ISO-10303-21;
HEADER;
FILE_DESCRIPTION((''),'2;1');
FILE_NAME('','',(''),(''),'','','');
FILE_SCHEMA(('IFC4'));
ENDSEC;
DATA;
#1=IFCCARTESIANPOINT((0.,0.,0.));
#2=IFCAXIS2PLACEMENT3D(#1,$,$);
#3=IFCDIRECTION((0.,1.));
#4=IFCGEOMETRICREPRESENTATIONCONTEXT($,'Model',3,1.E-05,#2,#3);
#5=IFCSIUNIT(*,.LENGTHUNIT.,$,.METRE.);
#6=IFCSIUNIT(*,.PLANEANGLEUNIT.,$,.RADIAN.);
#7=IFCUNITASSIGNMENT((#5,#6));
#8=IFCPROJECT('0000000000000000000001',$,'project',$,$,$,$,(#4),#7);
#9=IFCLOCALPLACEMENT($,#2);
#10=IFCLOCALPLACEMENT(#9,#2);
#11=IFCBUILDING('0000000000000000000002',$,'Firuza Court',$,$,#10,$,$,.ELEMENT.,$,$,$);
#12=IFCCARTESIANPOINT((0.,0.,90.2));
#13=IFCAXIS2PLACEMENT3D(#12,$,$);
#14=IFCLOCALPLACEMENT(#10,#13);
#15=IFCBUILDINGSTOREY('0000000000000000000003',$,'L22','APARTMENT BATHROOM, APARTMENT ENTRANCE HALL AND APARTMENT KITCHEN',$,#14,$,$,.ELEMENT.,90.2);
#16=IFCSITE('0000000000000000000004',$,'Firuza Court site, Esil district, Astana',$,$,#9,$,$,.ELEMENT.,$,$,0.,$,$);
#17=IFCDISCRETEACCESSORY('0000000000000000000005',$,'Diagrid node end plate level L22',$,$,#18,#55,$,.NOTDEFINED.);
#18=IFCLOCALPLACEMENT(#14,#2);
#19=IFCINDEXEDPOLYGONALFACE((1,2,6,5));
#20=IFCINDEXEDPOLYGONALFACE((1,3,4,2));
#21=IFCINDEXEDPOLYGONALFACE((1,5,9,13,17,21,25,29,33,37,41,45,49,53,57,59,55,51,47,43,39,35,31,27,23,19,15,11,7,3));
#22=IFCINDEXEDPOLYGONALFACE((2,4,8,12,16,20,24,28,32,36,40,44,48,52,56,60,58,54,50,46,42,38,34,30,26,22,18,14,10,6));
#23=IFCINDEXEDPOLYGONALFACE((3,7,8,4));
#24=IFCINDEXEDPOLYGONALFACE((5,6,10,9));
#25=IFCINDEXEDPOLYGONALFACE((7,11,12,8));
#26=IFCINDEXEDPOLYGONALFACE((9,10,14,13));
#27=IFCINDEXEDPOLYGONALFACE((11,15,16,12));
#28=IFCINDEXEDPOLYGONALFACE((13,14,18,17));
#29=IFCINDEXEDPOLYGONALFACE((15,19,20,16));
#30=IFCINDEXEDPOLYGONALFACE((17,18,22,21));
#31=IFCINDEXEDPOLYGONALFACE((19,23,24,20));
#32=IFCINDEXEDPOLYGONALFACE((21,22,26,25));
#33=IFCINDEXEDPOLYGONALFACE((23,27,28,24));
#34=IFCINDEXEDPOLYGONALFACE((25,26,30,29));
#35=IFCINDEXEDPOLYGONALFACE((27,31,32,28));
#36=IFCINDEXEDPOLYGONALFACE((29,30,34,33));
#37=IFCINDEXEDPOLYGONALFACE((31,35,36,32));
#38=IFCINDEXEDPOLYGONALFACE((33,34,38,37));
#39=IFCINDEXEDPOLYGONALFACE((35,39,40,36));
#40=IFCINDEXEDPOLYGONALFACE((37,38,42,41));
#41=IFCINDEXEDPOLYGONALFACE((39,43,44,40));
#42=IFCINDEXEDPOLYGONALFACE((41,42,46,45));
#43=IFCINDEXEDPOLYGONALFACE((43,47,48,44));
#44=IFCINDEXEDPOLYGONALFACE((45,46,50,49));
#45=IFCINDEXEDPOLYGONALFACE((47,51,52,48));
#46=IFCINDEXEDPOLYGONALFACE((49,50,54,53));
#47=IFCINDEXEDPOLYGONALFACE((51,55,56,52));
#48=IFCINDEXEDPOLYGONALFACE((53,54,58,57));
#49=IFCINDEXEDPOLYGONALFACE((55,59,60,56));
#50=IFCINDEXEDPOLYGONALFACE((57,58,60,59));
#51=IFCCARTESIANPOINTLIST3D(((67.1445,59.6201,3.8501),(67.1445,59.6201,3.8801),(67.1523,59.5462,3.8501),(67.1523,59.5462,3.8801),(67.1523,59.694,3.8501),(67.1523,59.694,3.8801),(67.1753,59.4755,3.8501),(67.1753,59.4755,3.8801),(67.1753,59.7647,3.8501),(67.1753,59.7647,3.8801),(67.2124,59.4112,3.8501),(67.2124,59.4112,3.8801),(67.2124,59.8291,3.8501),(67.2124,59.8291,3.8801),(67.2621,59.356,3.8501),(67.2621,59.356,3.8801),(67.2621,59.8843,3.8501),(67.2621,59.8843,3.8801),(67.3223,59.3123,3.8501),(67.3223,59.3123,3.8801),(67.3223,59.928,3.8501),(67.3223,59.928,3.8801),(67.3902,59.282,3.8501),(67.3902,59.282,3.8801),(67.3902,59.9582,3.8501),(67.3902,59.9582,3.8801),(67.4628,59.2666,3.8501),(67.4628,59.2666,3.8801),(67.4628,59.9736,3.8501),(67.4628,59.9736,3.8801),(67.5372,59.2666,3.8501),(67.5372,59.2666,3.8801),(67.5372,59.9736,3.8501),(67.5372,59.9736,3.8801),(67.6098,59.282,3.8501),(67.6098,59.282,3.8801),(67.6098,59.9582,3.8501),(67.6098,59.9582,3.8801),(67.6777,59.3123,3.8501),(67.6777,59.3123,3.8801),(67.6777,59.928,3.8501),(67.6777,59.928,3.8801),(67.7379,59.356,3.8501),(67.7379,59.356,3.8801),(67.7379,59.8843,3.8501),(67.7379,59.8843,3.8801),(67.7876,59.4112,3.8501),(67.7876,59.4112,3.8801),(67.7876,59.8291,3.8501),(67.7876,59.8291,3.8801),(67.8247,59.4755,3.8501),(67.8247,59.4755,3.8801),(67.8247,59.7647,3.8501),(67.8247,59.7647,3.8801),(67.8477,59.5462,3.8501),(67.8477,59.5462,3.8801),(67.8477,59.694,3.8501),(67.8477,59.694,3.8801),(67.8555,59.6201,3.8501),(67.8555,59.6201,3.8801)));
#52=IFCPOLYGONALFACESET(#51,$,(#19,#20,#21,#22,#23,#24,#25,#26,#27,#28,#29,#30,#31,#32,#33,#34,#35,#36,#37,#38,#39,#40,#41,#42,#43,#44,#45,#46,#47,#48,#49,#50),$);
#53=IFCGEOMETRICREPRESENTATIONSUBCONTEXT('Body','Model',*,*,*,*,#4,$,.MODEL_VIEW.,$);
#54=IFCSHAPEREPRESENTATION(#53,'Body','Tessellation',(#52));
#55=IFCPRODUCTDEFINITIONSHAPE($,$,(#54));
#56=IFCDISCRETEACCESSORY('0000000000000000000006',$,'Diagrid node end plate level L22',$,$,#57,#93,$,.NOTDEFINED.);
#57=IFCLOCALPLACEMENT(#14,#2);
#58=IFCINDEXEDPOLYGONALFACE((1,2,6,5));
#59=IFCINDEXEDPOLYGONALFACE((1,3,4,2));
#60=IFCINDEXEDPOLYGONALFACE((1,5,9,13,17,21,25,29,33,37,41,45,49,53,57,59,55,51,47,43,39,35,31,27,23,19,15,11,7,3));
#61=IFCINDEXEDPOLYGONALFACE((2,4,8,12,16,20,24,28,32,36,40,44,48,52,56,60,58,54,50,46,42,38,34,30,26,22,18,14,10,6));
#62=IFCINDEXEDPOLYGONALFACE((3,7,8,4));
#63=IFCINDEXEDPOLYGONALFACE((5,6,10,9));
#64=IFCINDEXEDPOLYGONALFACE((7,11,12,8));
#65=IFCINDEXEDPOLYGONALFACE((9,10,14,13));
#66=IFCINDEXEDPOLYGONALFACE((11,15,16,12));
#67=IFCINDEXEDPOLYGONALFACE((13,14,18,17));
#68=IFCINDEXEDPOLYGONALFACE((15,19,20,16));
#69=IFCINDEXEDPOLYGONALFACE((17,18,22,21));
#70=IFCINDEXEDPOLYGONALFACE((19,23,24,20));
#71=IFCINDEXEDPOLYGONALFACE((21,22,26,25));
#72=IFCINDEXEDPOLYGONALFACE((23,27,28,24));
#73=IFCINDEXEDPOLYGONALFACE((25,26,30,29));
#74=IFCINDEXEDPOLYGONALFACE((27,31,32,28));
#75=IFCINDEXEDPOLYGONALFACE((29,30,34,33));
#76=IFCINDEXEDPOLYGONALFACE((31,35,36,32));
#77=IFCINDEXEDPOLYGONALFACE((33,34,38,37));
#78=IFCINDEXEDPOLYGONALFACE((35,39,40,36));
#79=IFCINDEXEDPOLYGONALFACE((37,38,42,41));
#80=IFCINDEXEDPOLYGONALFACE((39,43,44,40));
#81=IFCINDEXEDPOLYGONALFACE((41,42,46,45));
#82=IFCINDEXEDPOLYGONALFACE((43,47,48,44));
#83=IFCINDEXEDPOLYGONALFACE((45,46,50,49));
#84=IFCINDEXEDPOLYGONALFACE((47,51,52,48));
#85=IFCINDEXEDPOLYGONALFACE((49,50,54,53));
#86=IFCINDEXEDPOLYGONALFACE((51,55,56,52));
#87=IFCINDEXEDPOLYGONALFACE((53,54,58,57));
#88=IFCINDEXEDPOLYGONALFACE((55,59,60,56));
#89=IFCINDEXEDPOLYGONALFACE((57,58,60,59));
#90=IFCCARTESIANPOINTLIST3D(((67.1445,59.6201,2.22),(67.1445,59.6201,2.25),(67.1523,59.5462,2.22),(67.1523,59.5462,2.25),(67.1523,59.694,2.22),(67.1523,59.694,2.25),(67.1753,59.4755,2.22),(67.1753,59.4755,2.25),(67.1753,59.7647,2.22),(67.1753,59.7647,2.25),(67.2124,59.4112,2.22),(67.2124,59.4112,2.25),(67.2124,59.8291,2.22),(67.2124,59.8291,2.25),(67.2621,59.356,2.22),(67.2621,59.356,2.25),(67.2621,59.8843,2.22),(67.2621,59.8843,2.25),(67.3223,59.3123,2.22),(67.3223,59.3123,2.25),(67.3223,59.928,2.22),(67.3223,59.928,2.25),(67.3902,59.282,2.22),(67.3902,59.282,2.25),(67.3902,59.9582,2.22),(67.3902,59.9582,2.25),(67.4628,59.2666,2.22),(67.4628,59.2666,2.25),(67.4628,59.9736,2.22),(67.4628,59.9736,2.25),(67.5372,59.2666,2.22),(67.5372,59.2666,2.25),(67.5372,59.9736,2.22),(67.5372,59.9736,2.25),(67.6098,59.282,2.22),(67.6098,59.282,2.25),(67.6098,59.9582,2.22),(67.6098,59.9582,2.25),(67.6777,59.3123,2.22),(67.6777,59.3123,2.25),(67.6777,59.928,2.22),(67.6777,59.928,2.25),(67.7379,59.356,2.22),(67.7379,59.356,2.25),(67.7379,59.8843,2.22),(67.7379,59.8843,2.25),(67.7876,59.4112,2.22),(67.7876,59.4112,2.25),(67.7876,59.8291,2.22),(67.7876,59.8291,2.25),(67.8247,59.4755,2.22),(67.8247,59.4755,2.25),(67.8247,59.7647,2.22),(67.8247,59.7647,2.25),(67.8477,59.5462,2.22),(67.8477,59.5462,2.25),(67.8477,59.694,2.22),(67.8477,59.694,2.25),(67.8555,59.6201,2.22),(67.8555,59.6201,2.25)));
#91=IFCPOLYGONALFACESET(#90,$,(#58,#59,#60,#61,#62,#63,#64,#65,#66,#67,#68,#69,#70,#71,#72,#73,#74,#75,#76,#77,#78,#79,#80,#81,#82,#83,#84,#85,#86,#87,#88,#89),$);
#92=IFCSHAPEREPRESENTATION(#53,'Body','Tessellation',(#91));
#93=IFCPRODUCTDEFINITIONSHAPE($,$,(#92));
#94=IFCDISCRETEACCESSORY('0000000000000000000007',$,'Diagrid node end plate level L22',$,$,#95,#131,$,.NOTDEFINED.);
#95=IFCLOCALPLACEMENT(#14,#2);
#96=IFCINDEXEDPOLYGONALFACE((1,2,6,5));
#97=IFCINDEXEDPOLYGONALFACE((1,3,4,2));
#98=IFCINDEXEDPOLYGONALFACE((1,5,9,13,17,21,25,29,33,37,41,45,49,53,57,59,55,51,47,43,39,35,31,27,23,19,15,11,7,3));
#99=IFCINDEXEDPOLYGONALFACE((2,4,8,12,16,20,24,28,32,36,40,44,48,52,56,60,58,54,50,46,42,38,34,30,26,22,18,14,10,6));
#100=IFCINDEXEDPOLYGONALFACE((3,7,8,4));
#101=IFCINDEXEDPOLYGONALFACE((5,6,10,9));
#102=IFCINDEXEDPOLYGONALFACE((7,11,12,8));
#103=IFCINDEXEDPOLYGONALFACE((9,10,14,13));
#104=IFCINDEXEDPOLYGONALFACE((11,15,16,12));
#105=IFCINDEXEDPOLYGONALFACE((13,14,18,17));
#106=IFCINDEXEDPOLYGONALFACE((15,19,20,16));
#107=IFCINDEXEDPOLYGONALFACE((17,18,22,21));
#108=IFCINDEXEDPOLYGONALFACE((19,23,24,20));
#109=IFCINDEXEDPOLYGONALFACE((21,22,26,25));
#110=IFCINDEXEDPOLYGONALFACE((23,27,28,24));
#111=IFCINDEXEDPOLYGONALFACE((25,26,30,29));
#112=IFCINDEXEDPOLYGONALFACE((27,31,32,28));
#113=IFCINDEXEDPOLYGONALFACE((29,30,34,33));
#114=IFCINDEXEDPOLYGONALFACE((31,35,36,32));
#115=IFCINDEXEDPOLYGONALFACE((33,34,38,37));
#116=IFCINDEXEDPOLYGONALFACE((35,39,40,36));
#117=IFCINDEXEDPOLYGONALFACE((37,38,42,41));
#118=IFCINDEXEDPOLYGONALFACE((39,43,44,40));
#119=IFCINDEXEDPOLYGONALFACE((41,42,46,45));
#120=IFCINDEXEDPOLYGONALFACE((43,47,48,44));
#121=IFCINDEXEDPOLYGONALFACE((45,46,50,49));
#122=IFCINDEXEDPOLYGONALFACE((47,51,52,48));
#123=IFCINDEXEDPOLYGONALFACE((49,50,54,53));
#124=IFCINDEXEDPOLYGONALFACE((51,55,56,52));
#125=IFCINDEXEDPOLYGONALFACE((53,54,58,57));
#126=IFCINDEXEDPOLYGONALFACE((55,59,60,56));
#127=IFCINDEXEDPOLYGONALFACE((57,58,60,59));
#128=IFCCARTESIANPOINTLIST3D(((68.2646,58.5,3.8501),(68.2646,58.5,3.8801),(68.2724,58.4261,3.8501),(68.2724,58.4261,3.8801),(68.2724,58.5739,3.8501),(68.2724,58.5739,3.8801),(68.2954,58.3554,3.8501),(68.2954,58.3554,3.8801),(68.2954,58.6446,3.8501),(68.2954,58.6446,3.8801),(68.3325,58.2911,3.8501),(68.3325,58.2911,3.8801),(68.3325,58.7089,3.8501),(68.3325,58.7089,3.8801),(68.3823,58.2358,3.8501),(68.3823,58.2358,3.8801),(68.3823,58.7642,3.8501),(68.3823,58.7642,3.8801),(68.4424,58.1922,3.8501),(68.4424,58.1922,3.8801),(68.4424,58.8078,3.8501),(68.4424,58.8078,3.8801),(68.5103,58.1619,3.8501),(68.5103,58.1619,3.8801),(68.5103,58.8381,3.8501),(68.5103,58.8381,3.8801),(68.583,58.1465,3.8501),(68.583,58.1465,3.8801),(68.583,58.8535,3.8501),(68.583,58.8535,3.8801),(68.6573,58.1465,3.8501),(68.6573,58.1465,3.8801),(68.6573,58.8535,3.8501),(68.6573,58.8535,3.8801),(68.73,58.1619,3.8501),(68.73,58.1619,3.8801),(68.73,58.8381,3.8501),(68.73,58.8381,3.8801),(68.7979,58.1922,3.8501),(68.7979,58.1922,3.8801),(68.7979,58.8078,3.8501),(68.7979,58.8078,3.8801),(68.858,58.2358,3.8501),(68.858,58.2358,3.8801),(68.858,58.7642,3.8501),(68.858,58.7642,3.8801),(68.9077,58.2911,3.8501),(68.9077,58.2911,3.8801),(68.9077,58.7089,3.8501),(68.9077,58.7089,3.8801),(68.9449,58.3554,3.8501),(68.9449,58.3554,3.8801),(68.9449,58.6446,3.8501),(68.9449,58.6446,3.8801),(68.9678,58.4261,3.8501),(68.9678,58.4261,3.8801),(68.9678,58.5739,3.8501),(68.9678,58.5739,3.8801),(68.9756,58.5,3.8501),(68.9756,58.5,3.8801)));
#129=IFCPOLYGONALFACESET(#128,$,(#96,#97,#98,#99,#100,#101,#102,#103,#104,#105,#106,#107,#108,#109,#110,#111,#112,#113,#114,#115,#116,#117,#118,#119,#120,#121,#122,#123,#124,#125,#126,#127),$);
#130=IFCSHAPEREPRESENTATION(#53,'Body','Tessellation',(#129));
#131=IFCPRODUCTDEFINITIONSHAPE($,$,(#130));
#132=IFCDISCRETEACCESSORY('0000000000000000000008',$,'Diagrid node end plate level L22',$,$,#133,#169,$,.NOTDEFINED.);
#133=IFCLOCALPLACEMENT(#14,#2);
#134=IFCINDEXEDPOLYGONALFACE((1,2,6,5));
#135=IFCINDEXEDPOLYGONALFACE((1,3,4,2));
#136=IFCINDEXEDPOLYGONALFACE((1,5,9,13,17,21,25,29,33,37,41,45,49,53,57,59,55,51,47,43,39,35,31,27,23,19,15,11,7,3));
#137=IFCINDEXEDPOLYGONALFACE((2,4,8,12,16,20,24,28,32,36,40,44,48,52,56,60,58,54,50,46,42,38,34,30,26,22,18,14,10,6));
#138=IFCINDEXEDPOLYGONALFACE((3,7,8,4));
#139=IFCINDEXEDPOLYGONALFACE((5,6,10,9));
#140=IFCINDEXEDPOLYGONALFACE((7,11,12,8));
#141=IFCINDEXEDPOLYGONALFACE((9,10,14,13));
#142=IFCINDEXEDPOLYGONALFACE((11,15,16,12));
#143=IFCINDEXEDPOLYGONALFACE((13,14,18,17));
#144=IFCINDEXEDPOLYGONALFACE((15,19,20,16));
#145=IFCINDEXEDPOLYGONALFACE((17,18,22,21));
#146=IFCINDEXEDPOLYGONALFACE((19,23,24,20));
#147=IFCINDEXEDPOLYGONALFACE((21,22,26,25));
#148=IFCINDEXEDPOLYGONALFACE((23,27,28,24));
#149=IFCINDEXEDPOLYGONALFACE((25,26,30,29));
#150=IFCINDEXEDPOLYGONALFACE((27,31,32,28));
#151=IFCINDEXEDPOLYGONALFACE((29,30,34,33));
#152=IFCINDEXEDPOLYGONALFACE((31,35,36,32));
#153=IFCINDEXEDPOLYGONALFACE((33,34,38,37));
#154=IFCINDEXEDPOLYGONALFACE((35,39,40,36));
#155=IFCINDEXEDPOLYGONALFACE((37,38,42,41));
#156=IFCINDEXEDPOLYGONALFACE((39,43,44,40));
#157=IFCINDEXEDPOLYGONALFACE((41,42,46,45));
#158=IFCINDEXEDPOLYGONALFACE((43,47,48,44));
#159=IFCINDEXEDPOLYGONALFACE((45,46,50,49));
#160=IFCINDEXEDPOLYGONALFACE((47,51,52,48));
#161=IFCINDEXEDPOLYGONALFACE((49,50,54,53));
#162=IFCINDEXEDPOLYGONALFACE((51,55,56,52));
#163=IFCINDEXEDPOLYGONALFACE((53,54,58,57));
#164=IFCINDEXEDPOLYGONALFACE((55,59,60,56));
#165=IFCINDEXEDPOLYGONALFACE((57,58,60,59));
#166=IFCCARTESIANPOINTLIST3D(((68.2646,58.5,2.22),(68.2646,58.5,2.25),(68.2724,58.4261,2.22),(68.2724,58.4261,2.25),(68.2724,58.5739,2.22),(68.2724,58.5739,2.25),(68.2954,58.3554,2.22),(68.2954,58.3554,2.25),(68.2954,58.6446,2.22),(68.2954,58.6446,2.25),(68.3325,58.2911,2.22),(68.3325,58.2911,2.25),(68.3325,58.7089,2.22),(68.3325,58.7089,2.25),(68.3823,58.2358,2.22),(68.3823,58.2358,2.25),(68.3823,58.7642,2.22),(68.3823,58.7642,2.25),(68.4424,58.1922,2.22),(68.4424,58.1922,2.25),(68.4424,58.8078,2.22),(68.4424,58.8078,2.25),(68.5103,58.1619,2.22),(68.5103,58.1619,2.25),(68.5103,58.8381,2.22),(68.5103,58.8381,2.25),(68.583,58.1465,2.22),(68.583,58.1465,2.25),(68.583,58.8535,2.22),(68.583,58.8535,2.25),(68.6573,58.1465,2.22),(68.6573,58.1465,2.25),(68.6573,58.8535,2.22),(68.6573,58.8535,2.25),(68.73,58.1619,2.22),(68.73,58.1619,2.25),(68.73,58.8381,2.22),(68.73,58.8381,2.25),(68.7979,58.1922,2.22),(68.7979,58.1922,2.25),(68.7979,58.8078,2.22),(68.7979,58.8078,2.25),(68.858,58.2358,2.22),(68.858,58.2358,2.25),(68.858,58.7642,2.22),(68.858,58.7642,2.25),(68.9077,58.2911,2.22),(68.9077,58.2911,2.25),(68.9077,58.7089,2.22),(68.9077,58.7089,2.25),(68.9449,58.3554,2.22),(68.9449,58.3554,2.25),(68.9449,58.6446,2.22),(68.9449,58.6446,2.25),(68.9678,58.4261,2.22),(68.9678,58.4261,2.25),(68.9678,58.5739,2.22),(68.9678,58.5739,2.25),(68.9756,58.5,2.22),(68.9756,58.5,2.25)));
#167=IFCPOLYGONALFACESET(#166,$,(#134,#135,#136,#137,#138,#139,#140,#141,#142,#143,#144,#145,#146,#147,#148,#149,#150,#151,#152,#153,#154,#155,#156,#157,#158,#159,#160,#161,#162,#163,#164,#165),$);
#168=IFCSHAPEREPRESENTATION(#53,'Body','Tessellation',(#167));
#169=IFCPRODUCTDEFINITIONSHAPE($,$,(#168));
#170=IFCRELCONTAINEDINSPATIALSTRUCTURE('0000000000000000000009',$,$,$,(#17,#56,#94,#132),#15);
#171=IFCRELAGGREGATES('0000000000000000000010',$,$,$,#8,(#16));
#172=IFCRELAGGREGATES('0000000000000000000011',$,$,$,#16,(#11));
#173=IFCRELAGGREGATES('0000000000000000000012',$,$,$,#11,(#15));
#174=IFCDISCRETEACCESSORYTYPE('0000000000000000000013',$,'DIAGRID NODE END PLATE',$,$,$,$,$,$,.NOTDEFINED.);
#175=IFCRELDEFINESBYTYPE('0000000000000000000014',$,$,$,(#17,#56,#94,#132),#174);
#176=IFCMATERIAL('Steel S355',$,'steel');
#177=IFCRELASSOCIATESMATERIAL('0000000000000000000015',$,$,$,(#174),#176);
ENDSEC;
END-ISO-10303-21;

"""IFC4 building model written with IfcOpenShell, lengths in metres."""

from ifc_helpers import new_model, si_unit, direction, frame, origin, origin_2d, place, context, subcontext, project, spatial, circle, extrude, material, material_profile, profile_set, type_object, element, save


model = new_model("IFC4")

# Units and contexts
model_context = context("Model", 3, precision=1e-05, world=origin(), true_north=direction((0.0, 1.0)))
body_context = subcontext(model_context, "Body", "Model", "MODEL_VIEW")
ifc_project = project(units=[si_unit("LENGTHUNIT", "METRE"), si_unit("PLANEANGLEUNIT", "RADIAN")], contexts=[model_context])

# Site, building, storey
site_placement = place(None, origin())
site = spatial("IfcSite", under=ifc_project, at=site_placement, Name="Firuza Court site, Esil district, Astana", CompositionType="ELEMENT", RefElevation=0.0)
building_placement = place(site_placement, origin())
building = spatial("IfcBuilding", under=site, at=building_placement, Name="Firuza Court", CompositionType="ELEMENT")
storey_placement = place(building_placement, frame((0.0, 0.0, 90.2)))
storey = spatial("IfcBuildingStorey", under=building, at=storey_placement, Name="L22", Description="APARTMENT BATHROOM, APARTMENT ENTRANCE HALL AND APARTMENT KITCHEN", CompositionType="ELEMENT", Elevation=90.2)

# Discrete accessories
ifc_material_1 = material(Name="Steel S355", Category="steel")
ifc_material_profile_1 = material_profile(ifc_material_1, circle(Radius=0.3555, at=origin_2d()), Name="PL D711")
ifc_profile_set_1 = profile_set([ifc_material_profile_1], Name="Steel S355")
discrete_accessory_type = type_object("IfcDiscreteAccessoryType", Name="DIAGRID NODE END PLATE", PredefinedType="NOTDEFINED", material=ifc_profile_set_1)
for number, where, z_axis, x_axis, name in (
    (1, (67.5, 59.6201, 3.8501), (0.0, 0.0, 1.0), (1.0, 0.0, 0.0), "Diagrid node end plate level L22"),
    (2, (67.5, 59.6201, 2.22), (0.0, 0.0, 1.0), (1.0, 0.0, 0.0), "Diagrid node end plate level L22"),
    (3, (68.6201, 58.5, 3.8501), (0.0, 0.0, 1.0), (1.0, 0.0, 0.0), "Diagrid node end plate level L22"),
    (4, (68.6201, 58.5, 2.22), (0.0, 0.0, 1.0), (1.0, 0.0, 0.0), "Diagrid node end plate level L22"),
):
    element("IfcDiscreteAccessory", number, at=place(storey_placement, frame(where, z_axis=z_axis, x_axis=x_axis)), inside=storey, type_object=discrete_accessory_type, Name=name, PredefinedType="NOTDEFINED", context=body_context, shape_type="SweptSolid", body=[
        extrude(circle(Radius=0.3555, at=origin_2d()), origin(), (0.0, 0.0, 1.0), 0.03),
    ])

save(model, "model.ifc")
